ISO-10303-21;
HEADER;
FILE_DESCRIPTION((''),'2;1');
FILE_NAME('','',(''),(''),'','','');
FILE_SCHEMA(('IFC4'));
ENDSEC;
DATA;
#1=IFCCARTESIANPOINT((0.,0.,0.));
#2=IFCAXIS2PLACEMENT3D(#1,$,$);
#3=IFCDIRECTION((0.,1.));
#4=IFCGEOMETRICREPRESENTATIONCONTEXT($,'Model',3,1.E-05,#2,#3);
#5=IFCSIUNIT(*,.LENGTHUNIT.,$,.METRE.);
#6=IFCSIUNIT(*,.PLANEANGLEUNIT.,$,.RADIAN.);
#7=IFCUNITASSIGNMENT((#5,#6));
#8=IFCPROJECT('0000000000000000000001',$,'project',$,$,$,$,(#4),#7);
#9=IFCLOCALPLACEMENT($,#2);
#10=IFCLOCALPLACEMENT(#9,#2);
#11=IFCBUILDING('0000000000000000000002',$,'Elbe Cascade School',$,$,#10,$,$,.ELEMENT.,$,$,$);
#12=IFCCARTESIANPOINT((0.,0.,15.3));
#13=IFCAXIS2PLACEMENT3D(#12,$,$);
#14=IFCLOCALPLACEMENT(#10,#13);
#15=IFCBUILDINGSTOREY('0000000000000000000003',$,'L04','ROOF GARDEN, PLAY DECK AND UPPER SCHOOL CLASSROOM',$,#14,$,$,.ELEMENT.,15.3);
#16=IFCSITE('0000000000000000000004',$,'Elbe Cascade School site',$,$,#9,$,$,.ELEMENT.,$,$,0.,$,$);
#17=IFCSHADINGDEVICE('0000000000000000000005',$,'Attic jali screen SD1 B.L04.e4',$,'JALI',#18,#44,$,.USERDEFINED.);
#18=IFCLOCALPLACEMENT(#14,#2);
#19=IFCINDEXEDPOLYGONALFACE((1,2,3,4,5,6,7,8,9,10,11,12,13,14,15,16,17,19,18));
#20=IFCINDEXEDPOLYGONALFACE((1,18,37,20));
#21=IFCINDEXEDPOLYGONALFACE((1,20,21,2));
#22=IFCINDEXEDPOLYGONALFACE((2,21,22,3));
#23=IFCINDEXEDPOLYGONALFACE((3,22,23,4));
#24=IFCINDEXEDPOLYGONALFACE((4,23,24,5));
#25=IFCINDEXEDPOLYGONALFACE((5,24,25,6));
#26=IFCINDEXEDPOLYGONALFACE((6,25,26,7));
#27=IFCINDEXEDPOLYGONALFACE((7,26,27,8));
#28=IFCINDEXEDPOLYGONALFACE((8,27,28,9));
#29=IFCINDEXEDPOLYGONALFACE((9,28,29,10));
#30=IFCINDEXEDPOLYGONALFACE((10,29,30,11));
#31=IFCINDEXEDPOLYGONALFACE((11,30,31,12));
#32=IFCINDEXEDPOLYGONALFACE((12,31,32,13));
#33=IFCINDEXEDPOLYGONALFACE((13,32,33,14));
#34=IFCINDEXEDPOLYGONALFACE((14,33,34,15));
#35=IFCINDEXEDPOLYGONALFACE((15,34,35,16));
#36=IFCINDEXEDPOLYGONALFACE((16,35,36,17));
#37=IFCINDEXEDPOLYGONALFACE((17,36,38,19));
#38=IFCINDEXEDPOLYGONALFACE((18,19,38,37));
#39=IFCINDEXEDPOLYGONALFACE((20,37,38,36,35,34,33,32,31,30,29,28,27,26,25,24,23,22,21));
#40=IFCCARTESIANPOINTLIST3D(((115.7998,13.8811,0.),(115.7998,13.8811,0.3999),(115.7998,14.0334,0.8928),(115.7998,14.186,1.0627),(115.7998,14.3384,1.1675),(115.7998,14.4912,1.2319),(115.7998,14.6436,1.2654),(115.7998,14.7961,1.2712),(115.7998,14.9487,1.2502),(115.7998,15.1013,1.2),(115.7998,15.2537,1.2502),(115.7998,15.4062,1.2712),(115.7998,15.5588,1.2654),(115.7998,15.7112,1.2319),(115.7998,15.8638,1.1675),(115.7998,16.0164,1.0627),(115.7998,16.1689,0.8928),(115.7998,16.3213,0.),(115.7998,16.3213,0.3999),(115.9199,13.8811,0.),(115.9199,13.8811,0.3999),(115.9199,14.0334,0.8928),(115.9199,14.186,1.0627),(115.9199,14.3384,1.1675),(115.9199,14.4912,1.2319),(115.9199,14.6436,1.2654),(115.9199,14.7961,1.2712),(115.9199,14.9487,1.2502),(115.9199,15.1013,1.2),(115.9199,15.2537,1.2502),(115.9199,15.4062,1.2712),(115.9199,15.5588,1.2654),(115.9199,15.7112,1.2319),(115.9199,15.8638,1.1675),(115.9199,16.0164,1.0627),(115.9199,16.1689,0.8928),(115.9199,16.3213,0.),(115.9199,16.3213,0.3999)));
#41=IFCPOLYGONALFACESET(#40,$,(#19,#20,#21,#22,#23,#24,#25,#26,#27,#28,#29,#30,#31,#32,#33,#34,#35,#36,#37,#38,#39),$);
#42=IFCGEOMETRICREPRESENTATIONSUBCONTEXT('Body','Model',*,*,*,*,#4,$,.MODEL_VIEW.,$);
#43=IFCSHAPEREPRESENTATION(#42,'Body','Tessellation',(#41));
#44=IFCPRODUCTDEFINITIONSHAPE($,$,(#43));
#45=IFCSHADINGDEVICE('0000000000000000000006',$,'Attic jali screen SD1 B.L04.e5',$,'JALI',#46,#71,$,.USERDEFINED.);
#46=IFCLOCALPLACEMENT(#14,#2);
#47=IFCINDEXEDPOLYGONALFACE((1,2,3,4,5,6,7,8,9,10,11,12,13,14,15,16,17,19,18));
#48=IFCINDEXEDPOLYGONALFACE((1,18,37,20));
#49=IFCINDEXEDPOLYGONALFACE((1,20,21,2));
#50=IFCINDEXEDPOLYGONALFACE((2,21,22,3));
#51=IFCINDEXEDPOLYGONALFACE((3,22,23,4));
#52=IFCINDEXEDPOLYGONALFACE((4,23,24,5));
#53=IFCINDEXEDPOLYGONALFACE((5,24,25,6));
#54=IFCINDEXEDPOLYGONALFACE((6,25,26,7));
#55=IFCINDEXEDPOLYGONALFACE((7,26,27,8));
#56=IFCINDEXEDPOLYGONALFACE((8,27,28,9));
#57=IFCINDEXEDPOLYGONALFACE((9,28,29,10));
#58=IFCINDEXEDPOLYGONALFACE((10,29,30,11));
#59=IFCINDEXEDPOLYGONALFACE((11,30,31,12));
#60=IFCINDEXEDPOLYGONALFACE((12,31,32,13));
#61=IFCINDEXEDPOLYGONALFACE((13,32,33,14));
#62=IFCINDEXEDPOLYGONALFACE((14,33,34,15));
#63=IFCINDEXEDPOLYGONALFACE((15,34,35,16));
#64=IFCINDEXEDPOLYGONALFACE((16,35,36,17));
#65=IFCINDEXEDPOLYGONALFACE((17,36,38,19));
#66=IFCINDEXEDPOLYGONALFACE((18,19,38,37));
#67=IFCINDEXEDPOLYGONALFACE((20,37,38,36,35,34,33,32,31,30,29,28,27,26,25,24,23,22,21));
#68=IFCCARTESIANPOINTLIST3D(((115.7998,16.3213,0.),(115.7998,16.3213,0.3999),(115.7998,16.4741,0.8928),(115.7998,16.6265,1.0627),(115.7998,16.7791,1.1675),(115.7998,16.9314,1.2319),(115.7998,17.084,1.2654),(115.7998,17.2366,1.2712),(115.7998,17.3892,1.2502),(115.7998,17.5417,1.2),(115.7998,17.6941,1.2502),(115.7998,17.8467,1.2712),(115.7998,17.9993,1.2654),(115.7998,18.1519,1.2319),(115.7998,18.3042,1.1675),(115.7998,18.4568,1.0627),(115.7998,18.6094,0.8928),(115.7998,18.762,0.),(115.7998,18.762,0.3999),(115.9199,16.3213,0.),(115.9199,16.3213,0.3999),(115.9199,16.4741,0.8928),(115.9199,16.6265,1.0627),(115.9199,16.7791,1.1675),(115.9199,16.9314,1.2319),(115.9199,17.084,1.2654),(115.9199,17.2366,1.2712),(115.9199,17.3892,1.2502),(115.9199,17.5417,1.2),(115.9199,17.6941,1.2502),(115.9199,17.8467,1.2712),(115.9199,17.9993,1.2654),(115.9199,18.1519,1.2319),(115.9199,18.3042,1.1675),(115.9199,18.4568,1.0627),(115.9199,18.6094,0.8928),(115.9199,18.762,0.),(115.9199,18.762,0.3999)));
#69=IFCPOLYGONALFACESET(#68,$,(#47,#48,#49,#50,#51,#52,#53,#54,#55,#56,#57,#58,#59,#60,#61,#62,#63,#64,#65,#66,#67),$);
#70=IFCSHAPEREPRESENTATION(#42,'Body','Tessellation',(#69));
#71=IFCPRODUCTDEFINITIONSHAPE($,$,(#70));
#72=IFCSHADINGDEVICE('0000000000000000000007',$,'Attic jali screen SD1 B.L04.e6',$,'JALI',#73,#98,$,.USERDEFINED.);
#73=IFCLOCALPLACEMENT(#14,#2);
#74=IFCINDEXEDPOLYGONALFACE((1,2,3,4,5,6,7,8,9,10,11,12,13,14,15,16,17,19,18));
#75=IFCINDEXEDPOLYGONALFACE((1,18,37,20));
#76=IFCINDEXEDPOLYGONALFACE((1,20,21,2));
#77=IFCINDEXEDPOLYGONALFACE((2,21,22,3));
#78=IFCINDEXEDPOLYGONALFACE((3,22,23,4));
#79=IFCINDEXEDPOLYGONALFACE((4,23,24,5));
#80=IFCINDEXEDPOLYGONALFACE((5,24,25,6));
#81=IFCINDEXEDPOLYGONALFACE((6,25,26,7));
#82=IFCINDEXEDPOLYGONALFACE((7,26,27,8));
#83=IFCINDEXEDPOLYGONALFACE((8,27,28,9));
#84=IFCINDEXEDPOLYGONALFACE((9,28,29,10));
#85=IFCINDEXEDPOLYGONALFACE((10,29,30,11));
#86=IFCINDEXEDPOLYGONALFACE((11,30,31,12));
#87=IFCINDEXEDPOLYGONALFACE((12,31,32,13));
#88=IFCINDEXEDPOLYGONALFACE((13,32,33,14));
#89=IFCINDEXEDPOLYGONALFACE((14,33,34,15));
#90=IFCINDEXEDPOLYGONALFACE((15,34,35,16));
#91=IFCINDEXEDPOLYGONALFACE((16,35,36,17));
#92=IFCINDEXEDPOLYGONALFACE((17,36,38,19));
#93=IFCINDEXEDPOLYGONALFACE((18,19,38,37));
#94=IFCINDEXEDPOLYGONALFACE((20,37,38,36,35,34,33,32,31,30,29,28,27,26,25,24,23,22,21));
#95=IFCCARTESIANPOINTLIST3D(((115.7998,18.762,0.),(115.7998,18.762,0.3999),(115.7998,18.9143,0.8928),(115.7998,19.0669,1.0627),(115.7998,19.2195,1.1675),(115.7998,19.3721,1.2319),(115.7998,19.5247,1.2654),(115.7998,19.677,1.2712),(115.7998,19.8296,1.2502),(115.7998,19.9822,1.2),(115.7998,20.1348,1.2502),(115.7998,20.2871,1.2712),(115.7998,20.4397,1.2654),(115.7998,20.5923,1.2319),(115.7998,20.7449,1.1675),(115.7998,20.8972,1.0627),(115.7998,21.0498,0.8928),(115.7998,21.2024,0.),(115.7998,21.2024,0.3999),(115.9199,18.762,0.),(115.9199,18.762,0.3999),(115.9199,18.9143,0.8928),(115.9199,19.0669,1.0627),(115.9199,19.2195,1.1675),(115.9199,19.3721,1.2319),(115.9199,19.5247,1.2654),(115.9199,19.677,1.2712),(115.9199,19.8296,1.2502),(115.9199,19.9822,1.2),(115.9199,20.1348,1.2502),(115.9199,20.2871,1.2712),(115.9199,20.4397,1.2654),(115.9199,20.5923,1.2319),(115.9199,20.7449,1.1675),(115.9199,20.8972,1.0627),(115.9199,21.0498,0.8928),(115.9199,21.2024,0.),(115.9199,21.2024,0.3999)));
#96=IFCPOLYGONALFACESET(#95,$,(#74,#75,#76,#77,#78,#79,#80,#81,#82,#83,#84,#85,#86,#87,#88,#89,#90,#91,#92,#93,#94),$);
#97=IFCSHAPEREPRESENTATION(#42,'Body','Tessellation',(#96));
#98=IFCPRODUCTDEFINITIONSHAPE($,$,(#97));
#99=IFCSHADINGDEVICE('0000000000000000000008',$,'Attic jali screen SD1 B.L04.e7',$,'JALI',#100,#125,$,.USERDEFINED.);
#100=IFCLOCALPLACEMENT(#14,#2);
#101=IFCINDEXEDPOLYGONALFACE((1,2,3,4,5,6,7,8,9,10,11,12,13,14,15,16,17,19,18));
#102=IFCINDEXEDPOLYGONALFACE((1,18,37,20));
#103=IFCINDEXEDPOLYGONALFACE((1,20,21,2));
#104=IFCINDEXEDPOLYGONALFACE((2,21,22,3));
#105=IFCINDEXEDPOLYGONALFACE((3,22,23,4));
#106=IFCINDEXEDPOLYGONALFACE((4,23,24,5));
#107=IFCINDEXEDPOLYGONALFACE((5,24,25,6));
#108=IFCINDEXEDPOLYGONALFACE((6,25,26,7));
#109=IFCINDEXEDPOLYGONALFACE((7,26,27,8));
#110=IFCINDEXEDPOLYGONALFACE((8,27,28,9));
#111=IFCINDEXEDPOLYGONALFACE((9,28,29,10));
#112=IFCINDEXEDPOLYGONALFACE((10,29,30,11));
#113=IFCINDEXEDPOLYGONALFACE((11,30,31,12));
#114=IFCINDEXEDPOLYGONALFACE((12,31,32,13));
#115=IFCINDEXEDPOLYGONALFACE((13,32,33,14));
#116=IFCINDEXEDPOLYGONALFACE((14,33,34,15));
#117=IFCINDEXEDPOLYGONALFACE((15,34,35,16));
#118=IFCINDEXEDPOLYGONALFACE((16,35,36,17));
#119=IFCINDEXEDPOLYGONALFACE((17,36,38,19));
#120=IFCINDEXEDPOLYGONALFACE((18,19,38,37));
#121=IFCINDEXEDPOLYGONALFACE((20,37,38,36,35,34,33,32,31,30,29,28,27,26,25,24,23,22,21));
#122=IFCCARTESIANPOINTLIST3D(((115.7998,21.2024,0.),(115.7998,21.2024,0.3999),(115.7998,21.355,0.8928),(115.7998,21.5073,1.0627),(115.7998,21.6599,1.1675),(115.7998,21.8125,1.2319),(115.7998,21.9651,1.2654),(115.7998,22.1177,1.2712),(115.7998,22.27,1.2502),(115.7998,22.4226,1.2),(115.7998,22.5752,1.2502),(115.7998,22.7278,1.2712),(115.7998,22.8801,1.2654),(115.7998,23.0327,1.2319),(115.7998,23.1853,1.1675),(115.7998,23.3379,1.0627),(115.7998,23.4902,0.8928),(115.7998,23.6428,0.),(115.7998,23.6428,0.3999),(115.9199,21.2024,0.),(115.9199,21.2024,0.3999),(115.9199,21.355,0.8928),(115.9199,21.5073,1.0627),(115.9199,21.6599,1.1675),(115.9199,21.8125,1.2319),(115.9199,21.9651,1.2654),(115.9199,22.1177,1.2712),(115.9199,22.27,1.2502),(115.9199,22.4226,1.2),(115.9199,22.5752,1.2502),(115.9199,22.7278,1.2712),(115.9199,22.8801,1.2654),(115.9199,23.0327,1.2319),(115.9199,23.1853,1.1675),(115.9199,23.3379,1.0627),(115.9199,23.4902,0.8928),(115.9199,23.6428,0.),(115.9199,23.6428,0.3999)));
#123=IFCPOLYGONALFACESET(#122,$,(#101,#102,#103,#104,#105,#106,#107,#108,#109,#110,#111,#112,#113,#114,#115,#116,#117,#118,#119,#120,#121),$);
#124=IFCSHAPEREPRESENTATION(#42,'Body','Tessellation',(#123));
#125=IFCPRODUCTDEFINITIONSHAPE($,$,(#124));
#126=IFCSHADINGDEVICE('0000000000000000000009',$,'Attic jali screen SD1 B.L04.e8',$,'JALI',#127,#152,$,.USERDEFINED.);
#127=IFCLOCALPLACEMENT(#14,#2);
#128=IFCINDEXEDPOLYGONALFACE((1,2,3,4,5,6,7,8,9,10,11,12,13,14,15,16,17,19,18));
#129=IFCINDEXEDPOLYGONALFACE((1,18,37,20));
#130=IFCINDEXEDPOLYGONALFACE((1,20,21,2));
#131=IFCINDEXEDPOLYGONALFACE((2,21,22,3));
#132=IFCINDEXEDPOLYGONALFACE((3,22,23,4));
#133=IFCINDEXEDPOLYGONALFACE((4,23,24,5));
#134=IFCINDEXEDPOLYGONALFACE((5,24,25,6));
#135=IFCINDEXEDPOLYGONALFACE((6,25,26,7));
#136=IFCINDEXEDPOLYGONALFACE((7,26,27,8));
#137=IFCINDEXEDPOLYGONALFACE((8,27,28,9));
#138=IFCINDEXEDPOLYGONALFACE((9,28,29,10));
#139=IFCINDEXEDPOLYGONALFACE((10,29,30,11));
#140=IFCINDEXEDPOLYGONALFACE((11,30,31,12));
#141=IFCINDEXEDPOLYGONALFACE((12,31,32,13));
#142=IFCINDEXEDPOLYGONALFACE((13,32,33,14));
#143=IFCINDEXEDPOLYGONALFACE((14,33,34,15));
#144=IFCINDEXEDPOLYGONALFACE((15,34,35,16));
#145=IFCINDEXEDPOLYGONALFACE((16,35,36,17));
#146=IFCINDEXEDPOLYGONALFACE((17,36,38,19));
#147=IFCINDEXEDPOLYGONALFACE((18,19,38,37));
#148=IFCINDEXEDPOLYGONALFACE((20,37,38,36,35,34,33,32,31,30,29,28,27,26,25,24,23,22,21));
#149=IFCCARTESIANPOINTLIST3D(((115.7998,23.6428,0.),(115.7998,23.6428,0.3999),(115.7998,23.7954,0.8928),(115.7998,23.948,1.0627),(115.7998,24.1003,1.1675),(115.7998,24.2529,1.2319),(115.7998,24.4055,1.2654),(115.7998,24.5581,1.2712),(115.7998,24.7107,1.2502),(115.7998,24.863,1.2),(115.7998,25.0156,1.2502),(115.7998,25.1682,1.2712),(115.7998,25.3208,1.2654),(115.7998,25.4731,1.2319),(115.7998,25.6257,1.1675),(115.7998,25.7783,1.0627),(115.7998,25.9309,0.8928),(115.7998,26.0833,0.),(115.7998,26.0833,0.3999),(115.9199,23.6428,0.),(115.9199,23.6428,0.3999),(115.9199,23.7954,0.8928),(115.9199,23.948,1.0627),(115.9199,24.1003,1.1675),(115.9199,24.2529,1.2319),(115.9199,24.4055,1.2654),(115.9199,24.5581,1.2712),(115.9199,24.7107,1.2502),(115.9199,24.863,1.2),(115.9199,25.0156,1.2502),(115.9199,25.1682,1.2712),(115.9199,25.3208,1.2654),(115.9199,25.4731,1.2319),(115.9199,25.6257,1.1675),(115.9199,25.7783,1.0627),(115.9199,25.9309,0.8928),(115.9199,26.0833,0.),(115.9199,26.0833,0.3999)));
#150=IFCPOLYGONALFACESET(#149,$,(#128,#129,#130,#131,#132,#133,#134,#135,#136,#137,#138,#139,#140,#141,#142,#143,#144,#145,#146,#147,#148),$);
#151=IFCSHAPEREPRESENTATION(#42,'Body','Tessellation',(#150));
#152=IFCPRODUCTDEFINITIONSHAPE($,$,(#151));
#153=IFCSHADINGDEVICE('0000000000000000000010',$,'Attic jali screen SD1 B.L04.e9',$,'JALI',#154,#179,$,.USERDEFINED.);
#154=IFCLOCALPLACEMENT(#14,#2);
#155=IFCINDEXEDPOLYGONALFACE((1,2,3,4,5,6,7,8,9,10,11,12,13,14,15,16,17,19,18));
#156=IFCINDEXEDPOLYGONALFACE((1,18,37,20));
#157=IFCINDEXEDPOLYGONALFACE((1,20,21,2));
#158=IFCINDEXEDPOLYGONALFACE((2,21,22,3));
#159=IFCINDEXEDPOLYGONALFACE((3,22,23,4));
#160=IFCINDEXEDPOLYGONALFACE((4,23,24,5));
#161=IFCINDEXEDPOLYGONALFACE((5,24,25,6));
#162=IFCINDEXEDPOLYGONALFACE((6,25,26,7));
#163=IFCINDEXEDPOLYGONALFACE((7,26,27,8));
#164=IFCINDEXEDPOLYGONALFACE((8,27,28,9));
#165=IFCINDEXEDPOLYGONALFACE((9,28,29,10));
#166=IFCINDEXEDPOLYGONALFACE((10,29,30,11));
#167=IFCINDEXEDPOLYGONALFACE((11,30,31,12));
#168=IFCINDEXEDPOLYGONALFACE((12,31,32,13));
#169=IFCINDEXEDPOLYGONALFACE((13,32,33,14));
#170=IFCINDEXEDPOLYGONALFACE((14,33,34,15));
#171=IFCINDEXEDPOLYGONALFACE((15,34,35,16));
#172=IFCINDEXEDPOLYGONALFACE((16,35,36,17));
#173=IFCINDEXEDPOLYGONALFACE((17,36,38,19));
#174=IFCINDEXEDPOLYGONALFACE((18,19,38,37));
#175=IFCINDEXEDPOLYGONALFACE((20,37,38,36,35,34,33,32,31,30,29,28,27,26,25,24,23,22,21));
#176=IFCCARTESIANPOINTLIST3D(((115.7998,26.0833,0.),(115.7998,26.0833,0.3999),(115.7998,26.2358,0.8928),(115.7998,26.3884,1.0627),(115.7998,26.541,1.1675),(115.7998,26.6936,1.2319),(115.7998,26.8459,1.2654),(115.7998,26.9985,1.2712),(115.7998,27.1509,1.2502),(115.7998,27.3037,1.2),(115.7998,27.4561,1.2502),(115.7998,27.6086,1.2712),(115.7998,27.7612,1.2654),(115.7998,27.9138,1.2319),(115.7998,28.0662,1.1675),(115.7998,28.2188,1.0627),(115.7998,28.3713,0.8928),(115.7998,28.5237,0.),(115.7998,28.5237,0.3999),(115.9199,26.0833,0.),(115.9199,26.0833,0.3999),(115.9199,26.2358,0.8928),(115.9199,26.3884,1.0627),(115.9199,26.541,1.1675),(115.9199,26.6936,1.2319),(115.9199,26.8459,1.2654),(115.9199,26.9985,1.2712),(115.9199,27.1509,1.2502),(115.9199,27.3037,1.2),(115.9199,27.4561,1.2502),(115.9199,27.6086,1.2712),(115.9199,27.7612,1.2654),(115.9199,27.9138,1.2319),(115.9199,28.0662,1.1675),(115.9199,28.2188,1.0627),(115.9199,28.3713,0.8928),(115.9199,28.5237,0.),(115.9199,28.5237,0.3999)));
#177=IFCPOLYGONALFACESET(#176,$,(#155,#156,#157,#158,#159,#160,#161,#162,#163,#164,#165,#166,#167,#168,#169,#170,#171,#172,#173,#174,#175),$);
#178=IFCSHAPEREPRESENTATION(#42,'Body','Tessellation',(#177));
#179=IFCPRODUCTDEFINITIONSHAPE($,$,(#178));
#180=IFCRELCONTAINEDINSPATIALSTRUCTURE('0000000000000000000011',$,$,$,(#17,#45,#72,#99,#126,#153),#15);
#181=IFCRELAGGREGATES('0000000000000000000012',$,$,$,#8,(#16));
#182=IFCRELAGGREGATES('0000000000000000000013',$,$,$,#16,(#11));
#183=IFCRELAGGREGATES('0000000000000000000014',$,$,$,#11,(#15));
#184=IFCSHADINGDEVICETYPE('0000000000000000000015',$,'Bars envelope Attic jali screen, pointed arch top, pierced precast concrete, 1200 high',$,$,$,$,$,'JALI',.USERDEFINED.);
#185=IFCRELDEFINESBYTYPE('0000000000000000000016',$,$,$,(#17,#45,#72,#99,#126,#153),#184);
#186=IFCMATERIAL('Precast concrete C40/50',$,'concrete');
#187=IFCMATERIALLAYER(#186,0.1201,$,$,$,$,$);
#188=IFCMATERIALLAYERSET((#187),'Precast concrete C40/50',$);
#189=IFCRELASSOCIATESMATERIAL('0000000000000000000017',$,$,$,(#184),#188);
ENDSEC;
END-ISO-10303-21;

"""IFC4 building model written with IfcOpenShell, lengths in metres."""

from ifc_helpers import new_model, si_unit, direction, frame, origin, place, context, subcontext, project, spatial, polyline, outline, extrude, material, layer, layer_set, type_object, element, save


model = new_model("IFC4")

# Units and contexts
model_context = context("Model", 3, precision=1e-05, world=origin(), true_north=direction((0.0, 1.0)))
body_context = subcontext(model_context, "Body", "Model", "MODEL_VIEW")
ifc_project = project(units=[si_unit("LENGTHUNIT", "METRE"), si_unit("PLANEANGLEUNIT", "RADIAN")], contexts=[model_context])

# Site, building, storey
site_placement = place(None, origin())
site = spatial("IfcSite", under=ifc_project, at=site_placement, Name="Elbe Cascade School site", CompositionType="ELEMENT", RefElevation=0.0)
building_placement = place(site_placement, origin())
building = spatial("IfcBuilding", under=site, at=building_placement, Name="Elbe Cascade School", CompositionType="ELEMENT")
storey_placement = place(building_placement, frame((0.0, 0.0, 15.3)))
storey = spatial("IfcBuildingStorey", under=building, at=storey_placement, Name="L04", Description="ROOF GARDEN, PLAY DECK AND UPPER SCHOOL CLASSROOM", CompositionType="ELEMENT", Elevation=15.3)

# Shading devices
ifc_material_1 = material(Name="Precast concrete C40/50", Category="concrete")
ifc_layer_1 = layer(ifc_material_1, 0.1201)
ifc_layer_set_1 = layer_set([ifc_layer_1], Name="Precast concrete C40/50")
shading_device_type = type_object("IfcShadingDeviceType", Name="Bars envelope Attic jali screen, pointed arch top, pierced precast concrete, 1200 high", ElementType="JALI", PredefinedType="USERDEFINED", material=ifc_layer_set_1)
shading_device_1_placement = place(storey_placement, frame((115.9199, 13.8811, 0.0), z_axis=(1.0, 0.0, 0.0), x_axis=(0.0, 1.0, 0.0)))
element("IfcShadingDevice", 1, at=shading_device_1_placement, inside=storey, type_object=shading_device_type, Name="Attic jali screen SD1 B.L04.e4", ObjectType="JALI", PredefinedType="USERDEFINED", context=body_context, shape_type="SweptSolid", body=[
    extrude(outline(polyline([(0.0, 0.0), (2.4402, 0.0), (2.4402, 0.3999), (2.2878, 0.8928), (2.1353, 1.0627), (1.9827, 1.1675), (1.8301, 1.2319), (1.6777, 1.2654), (1.5251, 1.2712), (1.3726, 1.2502), (1.2202, 1.2), (1.0676, 1.2502), (0.915, 1.2712), (0.7625, 1.2654), (0.6101, 1.2319), (0.4573, 1.1675), (0.3049, 1.0627), (0.1523, 0.8928), (0.0, 0.3999), (0.0, 0.0)])), origin(), (0.0, 0.0, -1.0), 0.1201),
])
shading_device_2_placement = place(storey_placement, frame((115.9199, 16.3213, 0.0), z_axis=(1.0, 0.0, 0.0), x_axis=(0.0, 1.0, 0.0)))
element("IfcShadingDevice", 2, at=shading_device_2_placement, inside=storey, type_object=shading_device_type, Name="Attic jali screen SD1 B.L04.e5", ObjectType="JALI", PredefinedType="USERDEFINED", context=body_context, shape_type="SweptSolid", body=[
    extrude(outline(polyline([(0.0, 0.0), (2.4407, 0.0), (2.4407, 0.3999), (2.2881, 0.8928), (2.1355, 1.0627), (1.9829, 1.1675), (1.8306, 1.2319), (1.678, 1.2654), (1.5254, 1.2712), (1.3728, 1.2502), (1.2205, 1.2), (1.0679, 1.2502), (0.9153, 1.2712), (0.7627, 1.2654), (0.6101, 1.2319), (0.4578, 1.1675), (0.3052, 1.0627), (0.1528, 0.8928), (0.0, 0.3999), (0.0, 0.0)])), origin(), (0.0, 0.0, -1.0), 0.1201),
])
shading_device_3_placement = place(storey_placement, frame((115.9199, 18.762, 0.0), z_axis=(1.0, 0.0, 0.0), x_axis=(0.0, 1.0, 0.0)))
element("IfcShadingDevice", 3, at=shading_device_3_placement, inside=storey, type_object=shading_device_type, Name="Attic jali screen SD1 B.L04.e6", ObjectType="JALI", PredefinedType="USERDEFINED", context=body_context, shape_type="SweptSolid", body=[
    extrude(outline(polyline([(0.0, 0.0), (2.4404, 0.0), (2.4404, 0.3999), (2.2878, 0.8928), (2.1353, 1.0627), (1.9829, 1.1675), (1.8303, 1.2319), (1.6777, 1.2654), (1.5251, 1.2712), (1.3728, 1.2502), (1.2202, 1.2), (1.0676, 1.2502), (0.915, 1.2712), (0.7627, 1.2654), (0.6101, 1.2319), (0.4575, 1.1675), (0.3049, 1.0627), (0.1523, 0.8928), (0.0, 0.3999), (0.0, 0.0)])), origin(), (0.0, 0.0, -1.0), 0.1201),
])
shading_device_4_placement = place(storey_placement, frame((115.9199, 21.2024, 0.0), z_axis=(1.0, 0.0, 0.0), x_axis=(0.0, 1.0, 0.0)))
element("IfcShadingDevice", 4, at=shading_device_4_placement, inside=storey, type_object=shading_device_type, Name="Attic jali screen SD1 B.L04.e7", ObjectType="JALI", PredefinedType="USERDEFINED", context=body_context, shape_type="SweptSolid", body=[
    extrude(outline(polyline([(0.0, 0.0), (2.4404, 0.0), (2.4404, 0.3999), (2.2878, 0.8928), (2.1355, 1.0627), (1.9829, 1.1675), (1.8303, 1.2319), (1.6777, 1.2654), (1.5254, 1.2712), (1.3728, 1.2502), (1.2202, 1.2), (1.0676, 1.2502), (0.9153, 1.2712), (0.7627, 1.2654), (0.6101, 1.2319), (0.4575, 1.1675), (0.3049, 1.0627), (0.1526, 0.8928), (0.0, 0.3999), (0.0, 0.0)])), origin(), (0.0, 0.0, -1.0), 0.1201),
])
shading_device_5_placement = place(storey_placement, frame((115.9199, 23.6428, 0.0), z_axis=(1.0, 0.0, 0.0), x_axis=(0.0, 1.0, 0.0)))
element("IfcShadingDevice", 5, at=shading_device_5_placement, inside=storey, type_object=shading_device_type, Name="Attic jali screen SD1 B.L04.e8", ObjectType="JALI", PredefinedType="USERDEFINED", context=body_context, shape_type="SweptSolid", body=[
    extrude(outline(polyline([(0.0, 0.0), (2.4404, 0.0), (2.4404, 0.3999), (2.2881, 0.8928), (2.1355, 1.0627), (1.9829, 1.1675), (1.8303, 1.2319), (1.678, 1.2654), (1.5254, 1.2712), (1.3728, 1.2502), (1.2202, 1.2), (1.0679, 1.2502), (0.9153, 1.2712), (0.7627, 1.2654), (0.6101, 1.2319), (0.4575, 1.1675), (0.3052, 1.0627), (0.1526, 0.8928), (0.0, 0.3999), (0.0, 0.0)])), origin(), (0.0, 0.0, -1.0), 0.1201),
])
shading_device_6_placement = place(storey_placement, frame((115.9199, 26.0833, 0.0), z_axis=(1.0, 0.0, 0.0), x_axis=(0.0, 1.0, 0.0)))
element("IfcShadingDevice", 6, at=shading_device_6_placement, inside=storey, type_object=shading_device_type, Name="Attic jali screen SD1 B.L04.e9", ObjectType="JALI", PredefinedType="USERDEFINED", context=body_context, shape_type="SweptSolid", body=[
    extrude(outline(polyline([(0.0, 0.0), (2.4404, 0.0), (2.4404, 0.3999), (2.2881, 0.8928), (2.1355, 1.0627), (1.9829, 1.1675), (1.8306, 1.2319), (1.678, 1.2654), (1.5254, 1.2712), (1.3728, 1.2502), (1.2205, 1.2), (1.0676, 1.2502), (0.9153, 1.2712), (0.7627, 1.2654), (0.6104, 1.2319), (0.4578, 1.1675), (0.3052, 1.0627), (0.1526, 0.8928), (0.0, 0.3999), (0.0, 0.0)])), origin(), (0.0, 0.0, -1.0), 0.1201),
])

save(model, "model.ifc")
